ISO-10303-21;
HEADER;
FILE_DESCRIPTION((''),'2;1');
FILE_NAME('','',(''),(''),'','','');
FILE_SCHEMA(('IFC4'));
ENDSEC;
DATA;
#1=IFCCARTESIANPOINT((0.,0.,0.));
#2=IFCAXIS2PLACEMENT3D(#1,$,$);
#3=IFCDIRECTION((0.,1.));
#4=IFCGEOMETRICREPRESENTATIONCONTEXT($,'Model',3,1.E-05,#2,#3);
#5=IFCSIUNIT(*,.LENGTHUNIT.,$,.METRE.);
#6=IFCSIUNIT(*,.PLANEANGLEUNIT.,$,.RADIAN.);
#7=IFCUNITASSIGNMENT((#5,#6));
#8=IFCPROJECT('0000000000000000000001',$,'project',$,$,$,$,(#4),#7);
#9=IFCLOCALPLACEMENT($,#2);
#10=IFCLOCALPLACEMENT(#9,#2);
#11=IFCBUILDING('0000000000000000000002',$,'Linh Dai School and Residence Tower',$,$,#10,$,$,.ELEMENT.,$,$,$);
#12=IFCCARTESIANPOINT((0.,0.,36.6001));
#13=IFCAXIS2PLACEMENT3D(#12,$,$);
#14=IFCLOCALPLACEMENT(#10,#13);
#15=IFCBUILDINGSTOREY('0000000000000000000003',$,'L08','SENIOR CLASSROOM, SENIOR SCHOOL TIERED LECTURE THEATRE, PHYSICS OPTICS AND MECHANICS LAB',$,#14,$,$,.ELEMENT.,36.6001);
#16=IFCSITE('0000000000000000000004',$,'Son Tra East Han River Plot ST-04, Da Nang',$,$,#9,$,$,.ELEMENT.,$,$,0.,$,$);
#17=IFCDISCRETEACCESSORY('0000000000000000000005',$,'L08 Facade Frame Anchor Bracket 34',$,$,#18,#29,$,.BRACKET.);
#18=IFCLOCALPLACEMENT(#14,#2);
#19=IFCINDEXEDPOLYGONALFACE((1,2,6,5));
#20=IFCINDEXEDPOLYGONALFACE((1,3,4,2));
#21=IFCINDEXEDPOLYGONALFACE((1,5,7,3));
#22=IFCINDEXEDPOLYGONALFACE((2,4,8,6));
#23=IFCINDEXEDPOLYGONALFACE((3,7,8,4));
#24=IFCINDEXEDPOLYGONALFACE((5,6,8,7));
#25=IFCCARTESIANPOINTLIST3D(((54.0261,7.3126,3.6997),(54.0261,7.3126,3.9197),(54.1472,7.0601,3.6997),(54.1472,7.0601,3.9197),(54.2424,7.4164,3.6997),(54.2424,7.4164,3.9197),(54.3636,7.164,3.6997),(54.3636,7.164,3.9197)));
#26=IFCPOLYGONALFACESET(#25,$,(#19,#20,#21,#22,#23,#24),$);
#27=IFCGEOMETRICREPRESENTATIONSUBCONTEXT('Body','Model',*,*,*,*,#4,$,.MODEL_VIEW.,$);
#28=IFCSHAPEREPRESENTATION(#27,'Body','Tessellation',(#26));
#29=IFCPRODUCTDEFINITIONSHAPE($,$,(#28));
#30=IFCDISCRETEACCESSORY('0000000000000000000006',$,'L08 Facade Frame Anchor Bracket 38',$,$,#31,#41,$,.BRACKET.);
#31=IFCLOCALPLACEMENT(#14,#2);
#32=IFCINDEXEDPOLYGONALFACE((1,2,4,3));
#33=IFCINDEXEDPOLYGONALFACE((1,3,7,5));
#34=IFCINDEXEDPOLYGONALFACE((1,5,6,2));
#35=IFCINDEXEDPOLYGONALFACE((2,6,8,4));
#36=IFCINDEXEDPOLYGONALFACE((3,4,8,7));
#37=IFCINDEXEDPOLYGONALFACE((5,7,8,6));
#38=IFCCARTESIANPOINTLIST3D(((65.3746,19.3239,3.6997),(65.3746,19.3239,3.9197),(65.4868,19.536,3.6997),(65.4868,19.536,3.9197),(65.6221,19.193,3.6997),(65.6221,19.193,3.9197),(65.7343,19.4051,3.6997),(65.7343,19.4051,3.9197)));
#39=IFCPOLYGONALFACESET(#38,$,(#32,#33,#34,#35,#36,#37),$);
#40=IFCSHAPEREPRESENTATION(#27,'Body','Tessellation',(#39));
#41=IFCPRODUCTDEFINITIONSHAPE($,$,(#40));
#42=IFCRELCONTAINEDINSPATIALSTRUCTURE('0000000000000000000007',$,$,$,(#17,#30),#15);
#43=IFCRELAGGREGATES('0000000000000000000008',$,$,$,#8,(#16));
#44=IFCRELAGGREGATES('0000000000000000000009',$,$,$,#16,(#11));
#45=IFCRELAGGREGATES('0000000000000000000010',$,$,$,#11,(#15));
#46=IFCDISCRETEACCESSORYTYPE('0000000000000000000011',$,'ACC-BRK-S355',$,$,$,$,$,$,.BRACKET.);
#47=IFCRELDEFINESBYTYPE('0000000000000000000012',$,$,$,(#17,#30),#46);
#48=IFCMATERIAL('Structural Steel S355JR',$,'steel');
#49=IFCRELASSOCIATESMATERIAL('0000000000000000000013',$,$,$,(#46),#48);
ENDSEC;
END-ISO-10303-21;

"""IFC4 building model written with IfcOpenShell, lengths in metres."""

from ifc_helpers import new_model, si_unit, direction, frame, origin, origin_2d, place, context, subcontext, project, spatial, rectangle, extrude, source, transform, mapped, material, type_object, element, save


model = new_model("IFC4")

# Units and contexts
model_context = context("Model", 3, precision=1e-05, world=origin(), true_north=direction((0.0, 1.0)))
body_context = subcontext(model_context, "Body", "Model", "MODEL_VIEW")
ifc_project = project(units=[si_unit("LENGTHUNIT", "METRE"), si_unit("PLANEANGLEUNIT", "RADIAN")], contexts=[model_context])

# Site, building, storey
site_placement = place(None, origin())
site = spatial("IfcSite", under=ifc_project, at=site_placement, Name="Son Tra East Han River Plot ST-04, Da Nang", CompositionType="ELEMENT", RefElevation=0.0)
building_placement = place(site_placement, origin())
building = spatial("IfcBuilding", under=site, at=building_placement, Name="Linh Dai School and Residence Tower", CompositionType="ELEMENT")
storey_placement = place(building_placement, frame((0.0, 0.0, 36.6001)))
storey = spatial("IfcBuildingStorey", under=building, at=storey_placement, Name="L08", Description="SENIOR CLASSROOM, SENIOR SCHOOL TIERED LECTURE THEATRE, PHYSICS OPTICS AND MECHANICS LAB", CompositionType="ELEMENT", Elevation=36.6001)

# Shared definitions
ifc_material_1 = material(Name="Structural Steel S355JR", Category="steel")

# Discrete accessories
discrete_accessory_type = type_object("IfcDiscreteAccessoryType", Name="ACC-BRK-S355", PredefinedType="BRACKET", material=ifc_material_1)
shared_shape_1 = source(origin(), body_context, "Body", "SweptSolid", [
    extrude(rectangle(XDim=0.28, YDim=0.24, at=origin_2d()), origin(), (0.0, 0.0, 1.0), 0.22),
])
for number, where, z_axis, x_axis, name in (
    (1, (54.1948, 7.2383, 3.6997), (0.0, 0.0, 1.0), (0.432603, -0.901585, 0.0), "L08 Facade Frame Anchor Bracket 34"),
    (2, (65.5544, 19.3645, 3.6997), (0.0, 0.0, 1.0), (0.883934, -0.467612, 0.0), "L08 Facade Frame Anchor Bracket 38"),
):
    element("IfcDiscreteAccessory", number, at=place(storey_placement, frame(where, z_axis=z_axis, x_axis=x_axis)), inside=storey, type_object=discrete_accessory_type, Name=name, PredefinedType="BRACKET", context=body_context, shape_type="MappedRepresentation", body=[
        mapped(shared_shape_1, transform((0.0, 0.0, 0.0), x_axis=(1.0, 0.0, 0.0), y_axis=(0.0, 1.0, 0.0), z_axis=(0.0, 0.0, 1.0), scale=1.0)),
    ])

save(model, "model.ifc")
